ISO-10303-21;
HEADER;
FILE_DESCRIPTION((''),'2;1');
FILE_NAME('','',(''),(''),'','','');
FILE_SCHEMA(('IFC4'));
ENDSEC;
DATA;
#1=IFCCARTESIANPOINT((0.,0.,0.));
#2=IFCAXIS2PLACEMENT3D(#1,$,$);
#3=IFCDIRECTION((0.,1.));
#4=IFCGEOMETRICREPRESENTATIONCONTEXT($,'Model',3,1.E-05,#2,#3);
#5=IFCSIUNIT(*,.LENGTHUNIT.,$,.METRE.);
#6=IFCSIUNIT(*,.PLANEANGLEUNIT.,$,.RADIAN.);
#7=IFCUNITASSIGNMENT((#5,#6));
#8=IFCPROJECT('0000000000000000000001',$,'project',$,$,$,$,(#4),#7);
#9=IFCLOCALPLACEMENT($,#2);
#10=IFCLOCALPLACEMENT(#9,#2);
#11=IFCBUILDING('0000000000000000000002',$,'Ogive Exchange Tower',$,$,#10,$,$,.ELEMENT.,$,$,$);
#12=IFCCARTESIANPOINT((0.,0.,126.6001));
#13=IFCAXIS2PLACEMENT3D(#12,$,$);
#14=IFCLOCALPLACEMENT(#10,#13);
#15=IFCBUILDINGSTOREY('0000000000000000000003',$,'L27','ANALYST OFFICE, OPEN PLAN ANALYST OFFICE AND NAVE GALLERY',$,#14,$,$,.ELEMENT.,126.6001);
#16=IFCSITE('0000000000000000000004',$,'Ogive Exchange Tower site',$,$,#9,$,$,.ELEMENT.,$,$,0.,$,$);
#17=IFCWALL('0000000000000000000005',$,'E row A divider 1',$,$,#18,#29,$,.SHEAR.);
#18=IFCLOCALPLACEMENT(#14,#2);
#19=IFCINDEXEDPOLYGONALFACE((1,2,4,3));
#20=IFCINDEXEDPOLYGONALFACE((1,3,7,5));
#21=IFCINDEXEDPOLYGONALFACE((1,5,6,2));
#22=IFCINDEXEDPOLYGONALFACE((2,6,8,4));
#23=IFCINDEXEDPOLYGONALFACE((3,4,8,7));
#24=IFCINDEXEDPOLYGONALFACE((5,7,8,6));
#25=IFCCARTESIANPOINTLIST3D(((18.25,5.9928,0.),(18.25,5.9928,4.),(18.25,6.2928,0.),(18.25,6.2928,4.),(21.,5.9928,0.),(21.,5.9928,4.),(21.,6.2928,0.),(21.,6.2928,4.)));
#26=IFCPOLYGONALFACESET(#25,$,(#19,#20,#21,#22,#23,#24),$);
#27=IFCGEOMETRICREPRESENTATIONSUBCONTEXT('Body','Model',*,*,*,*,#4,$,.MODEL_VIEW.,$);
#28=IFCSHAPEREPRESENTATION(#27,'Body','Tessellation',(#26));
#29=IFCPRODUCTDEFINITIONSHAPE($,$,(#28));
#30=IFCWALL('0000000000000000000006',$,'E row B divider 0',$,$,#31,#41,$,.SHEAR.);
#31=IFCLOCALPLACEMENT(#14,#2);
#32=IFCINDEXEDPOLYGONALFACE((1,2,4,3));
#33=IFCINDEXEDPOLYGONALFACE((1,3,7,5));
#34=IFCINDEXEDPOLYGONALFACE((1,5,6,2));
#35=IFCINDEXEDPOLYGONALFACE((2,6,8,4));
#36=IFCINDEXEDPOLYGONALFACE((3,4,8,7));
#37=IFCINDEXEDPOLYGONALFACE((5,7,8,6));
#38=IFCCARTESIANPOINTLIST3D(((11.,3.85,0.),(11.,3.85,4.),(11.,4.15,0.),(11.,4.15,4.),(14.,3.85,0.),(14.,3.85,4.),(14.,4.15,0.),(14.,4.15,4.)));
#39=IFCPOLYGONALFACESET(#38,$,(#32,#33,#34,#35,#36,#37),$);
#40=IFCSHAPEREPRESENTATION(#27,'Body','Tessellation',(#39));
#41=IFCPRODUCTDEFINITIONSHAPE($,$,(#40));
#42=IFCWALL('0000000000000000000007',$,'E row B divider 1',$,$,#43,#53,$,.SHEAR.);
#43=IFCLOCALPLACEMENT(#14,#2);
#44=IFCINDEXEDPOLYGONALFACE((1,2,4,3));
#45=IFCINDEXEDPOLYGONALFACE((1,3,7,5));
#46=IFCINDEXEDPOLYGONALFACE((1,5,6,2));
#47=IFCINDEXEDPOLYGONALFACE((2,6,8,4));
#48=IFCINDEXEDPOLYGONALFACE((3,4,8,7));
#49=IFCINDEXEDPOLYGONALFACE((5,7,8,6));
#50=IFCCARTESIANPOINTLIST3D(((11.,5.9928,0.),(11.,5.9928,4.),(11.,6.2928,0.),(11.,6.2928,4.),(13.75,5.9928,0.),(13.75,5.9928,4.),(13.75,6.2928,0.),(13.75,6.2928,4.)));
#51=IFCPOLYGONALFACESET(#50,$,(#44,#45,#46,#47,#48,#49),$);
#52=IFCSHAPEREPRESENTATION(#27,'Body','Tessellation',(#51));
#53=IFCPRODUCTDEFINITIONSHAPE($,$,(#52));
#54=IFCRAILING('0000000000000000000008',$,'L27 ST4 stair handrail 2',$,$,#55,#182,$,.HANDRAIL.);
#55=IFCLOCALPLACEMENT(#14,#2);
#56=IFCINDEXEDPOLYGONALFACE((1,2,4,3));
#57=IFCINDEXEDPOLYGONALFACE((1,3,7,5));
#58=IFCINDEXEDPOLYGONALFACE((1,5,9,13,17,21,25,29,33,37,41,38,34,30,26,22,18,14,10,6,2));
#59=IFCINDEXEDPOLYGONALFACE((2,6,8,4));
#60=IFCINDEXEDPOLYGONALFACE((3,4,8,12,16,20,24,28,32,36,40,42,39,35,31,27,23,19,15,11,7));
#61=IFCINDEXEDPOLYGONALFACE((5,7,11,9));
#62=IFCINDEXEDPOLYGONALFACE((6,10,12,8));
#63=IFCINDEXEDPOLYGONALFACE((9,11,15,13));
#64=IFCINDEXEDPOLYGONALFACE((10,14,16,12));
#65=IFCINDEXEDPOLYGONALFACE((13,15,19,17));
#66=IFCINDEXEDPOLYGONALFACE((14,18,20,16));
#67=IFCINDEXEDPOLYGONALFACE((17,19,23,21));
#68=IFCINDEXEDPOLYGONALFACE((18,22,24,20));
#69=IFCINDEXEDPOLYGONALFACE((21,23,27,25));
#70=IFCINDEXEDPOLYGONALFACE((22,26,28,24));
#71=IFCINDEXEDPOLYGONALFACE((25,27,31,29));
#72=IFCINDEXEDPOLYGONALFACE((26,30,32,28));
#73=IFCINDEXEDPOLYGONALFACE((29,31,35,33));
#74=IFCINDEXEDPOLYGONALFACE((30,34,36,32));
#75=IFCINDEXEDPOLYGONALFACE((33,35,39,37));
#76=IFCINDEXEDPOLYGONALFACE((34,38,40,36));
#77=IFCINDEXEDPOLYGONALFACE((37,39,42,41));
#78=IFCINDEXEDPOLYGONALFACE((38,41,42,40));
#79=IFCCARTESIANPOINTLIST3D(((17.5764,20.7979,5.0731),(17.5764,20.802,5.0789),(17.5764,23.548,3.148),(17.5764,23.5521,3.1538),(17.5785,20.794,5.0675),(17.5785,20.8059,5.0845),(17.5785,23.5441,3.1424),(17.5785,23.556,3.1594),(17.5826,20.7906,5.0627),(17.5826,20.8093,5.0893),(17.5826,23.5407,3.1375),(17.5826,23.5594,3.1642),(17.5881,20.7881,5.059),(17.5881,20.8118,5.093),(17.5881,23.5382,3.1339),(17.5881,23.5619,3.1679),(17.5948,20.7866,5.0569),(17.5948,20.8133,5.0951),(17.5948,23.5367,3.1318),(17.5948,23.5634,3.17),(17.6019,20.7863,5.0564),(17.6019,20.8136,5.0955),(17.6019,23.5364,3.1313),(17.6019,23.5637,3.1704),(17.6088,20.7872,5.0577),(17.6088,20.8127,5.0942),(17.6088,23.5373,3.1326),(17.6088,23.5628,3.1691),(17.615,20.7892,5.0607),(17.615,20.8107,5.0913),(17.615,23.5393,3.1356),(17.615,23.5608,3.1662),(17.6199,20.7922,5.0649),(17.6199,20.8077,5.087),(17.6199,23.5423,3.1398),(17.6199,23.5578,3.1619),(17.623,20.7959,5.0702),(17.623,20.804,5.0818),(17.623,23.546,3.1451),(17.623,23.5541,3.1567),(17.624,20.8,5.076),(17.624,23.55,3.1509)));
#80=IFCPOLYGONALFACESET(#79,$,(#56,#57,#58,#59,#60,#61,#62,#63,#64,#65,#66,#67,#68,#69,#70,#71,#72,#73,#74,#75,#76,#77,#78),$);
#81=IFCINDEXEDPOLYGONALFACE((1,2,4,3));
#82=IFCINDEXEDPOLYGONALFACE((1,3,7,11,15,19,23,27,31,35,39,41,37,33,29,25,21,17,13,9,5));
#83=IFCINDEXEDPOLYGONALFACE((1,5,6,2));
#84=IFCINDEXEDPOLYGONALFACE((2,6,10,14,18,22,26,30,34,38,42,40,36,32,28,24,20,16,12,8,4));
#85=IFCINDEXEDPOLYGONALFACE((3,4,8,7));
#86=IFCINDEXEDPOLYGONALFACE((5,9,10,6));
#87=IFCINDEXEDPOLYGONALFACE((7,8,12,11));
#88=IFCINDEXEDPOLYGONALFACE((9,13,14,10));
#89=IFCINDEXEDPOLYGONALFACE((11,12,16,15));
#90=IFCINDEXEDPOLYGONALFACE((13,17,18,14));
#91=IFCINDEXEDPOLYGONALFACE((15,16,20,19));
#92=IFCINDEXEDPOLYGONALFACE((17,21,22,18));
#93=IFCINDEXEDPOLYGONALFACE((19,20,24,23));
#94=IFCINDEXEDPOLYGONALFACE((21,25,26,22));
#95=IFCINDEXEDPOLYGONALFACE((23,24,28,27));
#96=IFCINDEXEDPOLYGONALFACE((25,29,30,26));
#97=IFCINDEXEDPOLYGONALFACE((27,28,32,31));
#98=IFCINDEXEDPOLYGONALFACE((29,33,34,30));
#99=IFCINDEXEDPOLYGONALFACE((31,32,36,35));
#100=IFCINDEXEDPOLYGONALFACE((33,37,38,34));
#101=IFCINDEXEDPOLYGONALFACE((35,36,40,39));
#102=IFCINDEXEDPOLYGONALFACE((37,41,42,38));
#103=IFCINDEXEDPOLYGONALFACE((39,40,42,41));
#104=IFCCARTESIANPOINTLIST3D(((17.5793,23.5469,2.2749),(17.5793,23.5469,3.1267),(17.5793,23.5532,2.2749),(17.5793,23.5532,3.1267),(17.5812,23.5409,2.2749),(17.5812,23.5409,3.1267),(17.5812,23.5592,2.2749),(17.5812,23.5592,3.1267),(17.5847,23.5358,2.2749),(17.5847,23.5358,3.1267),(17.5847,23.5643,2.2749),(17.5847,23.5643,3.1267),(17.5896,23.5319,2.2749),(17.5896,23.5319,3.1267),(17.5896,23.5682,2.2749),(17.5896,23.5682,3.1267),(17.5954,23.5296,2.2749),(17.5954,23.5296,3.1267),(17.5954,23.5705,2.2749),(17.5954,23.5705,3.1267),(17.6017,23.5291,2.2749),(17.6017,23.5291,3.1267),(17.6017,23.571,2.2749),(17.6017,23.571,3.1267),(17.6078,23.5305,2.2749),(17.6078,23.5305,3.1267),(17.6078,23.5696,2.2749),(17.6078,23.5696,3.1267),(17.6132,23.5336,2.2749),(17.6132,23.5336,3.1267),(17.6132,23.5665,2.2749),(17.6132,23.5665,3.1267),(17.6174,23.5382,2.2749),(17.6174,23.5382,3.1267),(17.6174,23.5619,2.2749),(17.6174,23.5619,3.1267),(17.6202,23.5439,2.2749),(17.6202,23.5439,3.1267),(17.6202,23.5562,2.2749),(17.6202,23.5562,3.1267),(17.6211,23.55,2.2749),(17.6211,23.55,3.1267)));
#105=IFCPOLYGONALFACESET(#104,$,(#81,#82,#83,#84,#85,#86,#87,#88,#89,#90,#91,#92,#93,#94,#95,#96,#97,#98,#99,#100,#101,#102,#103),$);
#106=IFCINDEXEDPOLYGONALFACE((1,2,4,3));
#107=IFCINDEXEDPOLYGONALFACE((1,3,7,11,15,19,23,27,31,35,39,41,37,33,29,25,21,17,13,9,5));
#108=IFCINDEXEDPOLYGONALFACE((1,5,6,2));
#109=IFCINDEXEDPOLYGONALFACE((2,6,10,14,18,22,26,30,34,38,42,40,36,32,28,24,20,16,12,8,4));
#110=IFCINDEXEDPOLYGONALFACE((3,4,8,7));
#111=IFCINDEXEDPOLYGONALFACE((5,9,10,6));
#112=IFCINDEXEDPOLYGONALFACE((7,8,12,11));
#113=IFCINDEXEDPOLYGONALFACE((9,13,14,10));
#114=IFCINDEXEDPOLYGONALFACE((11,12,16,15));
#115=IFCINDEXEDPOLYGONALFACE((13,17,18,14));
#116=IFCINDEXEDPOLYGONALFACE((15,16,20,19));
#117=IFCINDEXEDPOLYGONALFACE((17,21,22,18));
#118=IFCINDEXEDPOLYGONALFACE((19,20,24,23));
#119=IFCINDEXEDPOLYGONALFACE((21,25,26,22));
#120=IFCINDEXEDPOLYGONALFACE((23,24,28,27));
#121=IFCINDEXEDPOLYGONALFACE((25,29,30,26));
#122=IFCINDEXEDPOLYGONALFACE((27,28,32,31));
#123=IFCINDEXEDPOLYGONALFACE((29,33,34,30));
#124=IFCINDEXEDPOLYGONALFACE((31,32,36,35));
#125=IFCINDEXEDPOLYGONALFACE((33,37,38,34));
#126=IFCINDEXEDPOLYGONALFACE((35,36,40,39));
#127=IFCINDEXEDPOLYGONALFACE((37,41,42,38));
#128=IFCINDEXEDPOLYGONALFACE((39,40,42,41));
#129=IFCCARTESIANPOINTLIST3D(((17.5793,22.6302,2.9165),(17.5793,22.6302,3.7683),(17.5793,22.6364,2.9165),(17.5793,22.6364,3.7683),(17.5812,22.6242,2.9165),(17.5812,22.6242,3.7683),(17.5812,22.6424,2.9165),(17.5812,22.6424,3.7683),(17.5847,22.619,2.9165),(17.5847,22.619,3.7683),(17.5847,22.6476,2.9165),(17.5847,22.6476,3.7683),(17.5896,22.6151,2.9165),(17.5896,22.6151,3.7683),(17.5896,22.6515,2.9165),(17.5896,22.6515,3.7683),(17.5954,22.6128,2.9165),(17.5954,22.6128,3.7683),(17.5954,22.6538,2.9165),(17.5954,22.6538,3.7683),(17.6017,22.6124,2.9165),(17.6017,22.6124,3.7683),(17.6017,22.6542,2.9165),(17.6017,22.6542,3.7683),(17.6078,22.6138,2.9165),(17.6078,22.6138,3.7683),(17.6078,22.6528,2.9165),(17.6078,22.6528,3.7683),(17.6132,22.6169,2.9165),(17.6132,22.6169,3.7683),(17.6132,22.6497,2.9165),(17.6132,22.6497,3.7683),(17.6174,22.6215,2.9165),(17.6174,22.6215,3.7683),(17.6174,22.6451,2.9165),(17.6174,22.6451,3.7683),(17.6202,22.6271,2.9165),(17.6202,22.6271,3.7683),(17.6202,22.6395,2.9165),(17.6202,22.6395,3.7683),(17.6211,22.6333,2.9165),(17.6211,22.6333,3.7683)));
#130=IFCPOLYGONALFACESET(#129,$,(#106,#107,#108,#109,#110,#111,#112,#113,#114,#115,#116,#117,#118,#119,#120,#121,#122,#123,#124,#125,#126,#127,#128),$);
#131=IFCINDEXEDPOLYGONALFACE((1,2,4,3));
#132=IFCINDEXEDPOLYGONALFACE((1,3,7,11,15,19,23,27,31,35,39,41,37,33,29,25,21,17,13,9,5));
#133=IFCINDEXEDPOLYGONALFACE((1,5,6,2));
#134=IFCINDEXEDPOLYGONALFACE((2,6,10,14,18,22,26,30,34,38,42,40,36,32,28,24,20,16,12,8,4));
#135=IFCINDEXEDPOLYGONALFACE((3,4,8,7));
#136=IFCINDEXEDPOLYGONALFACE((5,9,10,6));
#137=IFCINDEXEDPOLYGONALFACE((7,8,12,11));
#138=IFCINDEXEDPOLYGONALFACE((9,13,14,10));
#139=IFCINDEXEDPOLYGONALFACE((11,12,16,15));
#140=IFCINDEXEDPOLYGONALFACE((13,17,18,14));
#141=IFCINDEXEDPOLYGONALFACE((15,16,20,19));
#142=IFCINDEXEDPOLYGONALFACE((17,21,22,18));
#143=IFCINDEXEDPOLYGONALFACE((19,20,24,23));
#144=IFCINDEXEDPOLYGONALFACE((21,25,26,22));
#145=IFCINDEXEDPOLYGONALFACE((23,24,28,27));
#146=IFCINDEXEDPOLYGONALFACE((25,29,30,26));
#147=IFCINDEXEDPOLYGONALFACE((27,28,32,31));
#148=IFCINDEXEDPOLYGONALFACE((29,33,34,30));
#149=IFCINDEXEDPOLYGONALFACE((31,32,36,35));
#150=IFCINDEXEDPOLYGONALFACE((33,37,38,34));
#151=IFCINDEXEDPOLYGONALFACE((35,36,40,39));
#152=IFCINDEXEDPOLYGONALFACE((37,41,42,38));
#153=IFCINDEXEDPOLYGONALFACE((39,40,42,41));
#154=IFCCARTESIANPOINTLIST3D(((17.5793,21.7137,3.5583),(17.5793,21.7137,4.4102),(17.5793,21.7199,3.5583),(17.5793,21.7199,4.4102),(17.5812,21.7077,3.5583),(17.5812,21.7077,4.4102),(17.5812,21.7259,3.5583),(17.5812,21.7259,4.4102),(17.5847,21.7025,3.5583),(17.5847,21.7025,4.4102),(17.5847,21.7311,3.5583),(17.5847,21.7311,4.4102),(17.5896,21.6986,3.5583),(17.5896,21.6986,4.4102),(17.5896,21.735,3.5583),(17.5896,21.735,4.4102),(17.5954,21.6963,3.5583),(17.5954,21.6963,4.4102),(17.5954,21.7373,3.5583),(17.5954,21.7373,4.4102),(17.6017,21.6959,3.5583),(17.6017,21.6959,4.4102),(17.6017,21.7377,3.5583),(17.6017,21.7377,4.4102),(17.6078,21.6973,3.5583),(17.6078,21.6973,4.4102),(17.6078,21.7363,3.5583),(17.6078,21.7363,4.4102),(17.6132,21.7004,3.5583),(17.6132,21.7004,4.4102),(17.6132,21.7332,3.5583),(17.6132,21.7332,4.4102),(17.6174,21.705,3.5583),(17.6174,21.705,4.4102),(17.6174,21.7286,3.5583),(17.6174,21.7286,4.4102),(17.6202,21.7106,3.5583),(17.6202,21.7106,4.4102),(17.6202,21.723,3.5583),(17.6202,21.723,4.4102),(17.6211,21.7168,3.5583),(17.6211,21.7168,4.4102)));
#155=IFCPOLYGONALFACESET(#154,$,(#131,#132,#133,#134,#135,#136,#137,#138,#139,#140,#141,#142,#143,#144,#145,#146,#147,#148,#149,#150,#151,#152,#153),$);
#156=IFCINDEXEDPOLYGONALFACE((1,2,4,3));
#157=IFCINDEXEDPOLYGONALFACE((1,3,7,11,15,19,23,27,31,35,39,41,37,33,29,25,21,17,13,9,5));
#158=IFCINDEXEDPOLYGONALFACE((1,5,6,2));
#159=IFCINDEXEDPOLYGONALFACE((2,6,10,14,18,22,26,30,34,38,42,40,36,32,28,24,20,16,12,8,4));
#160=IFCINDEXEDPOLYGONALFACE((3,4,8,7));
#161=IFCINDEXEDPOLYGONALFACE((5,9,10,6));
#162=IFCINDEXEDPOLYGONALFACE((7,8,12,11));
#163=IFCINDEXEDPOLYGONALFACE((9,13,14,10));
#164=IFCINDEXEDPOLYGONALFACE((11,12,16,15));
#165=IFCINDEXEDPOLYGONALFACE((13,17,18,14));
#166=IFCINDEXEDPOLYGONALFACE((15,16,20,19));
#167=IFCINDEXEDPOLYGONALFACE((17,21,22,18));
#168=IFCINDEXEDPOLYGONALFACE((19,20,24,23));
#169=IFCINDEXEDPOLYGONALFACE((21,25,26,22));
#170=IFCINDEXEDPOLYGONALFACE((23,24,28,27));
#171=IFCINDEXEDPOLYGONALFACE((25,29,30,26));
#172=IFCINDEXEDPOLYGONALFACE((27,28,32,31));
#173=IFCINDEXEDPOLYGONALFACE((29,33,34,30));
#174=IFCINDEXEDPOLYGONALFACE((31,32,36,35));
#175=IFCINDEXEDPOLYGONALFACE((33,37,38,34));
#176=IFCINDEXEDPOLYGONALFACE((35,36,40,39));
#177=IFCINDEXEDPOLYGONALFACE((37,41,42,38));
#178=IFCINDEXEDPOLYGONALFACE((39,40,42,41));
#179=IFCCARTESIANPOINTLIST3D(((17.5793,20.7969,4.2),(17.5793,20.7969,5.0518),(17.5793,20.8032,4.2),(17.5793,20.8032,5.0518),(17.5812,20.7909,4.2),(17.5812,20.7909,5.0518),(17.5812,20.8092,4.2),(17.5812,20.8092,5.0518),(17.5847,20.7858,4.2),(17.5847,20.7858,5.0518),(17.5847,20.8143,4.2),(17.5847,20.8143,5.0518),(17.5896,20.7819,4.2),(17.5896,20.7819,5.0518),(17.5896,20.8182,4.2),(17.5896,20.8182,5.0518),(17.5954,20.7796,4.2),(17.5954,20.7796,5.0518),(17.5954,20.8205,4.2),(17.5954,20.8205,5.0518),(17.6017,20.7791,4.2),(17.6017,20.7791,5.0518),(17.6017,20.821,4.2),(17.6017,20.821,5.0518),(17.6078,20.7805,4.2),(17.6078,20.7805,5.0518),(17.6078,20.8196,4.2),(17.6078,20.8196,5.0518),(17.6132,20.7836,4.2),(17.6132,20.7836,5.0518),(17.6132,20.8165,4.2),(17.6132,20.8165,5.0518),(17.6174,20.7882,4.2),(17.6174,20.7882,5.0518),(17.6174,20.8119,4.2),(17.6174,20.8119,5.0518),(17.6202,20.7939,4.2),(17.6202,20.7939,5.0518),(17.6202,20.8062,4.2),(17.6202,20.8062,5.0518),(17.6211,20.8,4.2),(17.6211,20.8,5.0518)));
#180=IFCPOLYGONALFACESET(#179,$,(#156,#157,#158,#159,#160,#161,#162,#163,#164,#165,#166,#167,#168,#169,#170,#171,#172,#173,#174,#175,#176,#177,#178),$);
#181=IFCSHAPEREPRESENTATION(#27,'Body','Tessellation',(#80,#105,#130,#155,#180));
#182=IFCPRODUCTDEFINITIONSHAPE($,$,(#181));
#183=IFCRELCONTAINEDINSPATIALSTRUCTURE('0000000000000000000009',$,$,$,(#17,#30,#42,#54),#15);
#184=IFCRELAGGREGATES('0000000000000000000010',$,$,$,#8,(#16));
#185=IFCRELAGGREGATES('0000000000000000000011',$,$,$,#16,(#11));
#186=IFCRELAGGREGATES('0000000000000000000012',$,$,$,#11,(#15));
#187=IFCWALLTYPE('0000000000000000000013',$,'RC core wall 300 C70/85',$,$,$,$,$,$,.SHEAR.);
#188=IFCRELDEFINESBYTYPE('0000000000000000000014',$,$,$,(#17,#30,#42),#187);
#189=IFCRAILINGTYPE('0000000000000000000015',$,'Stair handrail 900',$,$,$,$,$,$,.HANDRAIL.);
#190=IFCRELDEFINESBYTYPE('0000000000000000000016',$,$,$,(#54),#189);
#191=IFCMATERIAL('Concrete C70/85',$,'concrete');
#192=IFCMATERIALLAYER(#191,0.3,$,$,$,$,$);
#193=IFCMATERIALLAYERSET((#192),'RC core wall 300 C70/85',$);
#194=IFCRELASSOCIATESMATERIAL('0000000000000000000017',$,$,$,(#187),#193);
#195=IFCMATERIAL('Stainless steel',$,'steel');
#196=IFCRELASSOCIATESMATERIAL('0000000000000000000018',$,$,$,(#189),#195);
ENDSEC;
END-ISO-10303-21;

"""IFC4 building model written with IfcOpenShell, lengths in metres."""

from ifc_helpers import new_model, si_unit, direction, frame, frame_2d, origin, origin_2d, place, context, subcontext, project, spatial, rectangle, circle, extrude, material, layer, layer_set, type_object, element, save


model = new_model("IFC4")

# Units and contexts
model_context = context("Model", 3, precision=1e-05, world=origin(), true_north=direction((0.0, 1.0)))
body_context = subcontext(model_context, "Body", "Model", "MODEL_VIEW")
ifc_project = project(units=[si_unit("LENGTHUNIT", "METRE"), si_unit("PLANEANGLEUNIT", "RADIAN")], contexts=[model_context])

# Site, building, storey
site_placement = place(None, origin())
site = spatial("IfcSite", under=ifc_project, at=site_placement, Name="Ogive Exchange Tower site", CompositionType="ELEMENT", RefElevation=0.0)
building_placement = place(site_placement, origin())
building = spatial("IfcBuilding", under=site, at=building_placement, Name="Ogive Exchange Tower", CompositionType="ELEMENT")
storey_placement = place(building_placement, frame((0.0, 0.0, 126.6001)))
storey = spatial("IfcBuildingStorey", under=building, at=storey_placement, Name="L27", Description="ANALYST OFFICE, OPEN PLAN ANALYST OFFICE AND NAVE GALLERY", CompositionType="ELEMENT", Elevation=126.6001)

# Shared definitions
ifc_material_1 = material(Name="Concrete C70/85", Category="concrete")

# Shared definitions
ifc_material_2 = material(Name="Stainless steel", Category="steel")

# Walls
ifc_layer_1 = layer(ifc_material_1, 0.3)
ifc_layer_set_1 = layer_set([ifc_layer_1], Name="RC core wall 300 C70/85")
wall_type_1 = type_object("IfcWallType", Name="RC core wall 300 C70/85", PredefinedType="SHEAR", material=ifc_layer_set_1)
wall_1_placement = place(storey_placement, frame((18.25, 6.1428, 0.0), z_axis=(0.0, 0.0, 1.0), x_axis=(1.0, 0.0, 0.0)))
element("IfcWall", 1, at=wall_1_placement, inside=storey, type_object=wall_type_1, Name="E row A divider 1", PredefinedType="SHEAR", context=body_context, shape_type="SweptSolid", body=[
    extrude(rectangle(XDim=2.75, YDim=0.3, at=frame_2d((1.375, 0.0))), origin(), (0.0, 0.0, 1.0), 4.0),
])
wall_2_placement = place(storey_placement, frame((11.0, 4.0, 0.0), z_axis=(0.0, 0.0, 1.0), x_axis=(1.0, 0.0, 0.0)))
element("IfcWall", 2, at=wall_2_placement, inside=storey, type_object=wall_type_1, Name="E row B divider 0", PredefinedType="SHEAR", context=body_context, shape_type="SweptSolid", body=[
    extrude(rectangle(XDim=3.0, YDim=0.3, at=frame_2d((1.5, 0.0))), origin(), (0.0, 0.0, 1.0), 4.0),
])
wall_3_placement = place(storey_placement, frame((11.0, 6.1428, 0.0), z_axis=(0.0, 0.0, 1.0), x_axis=(1.0, 0.0, 0.0)))
element("IfcWall", 3, at=wall_3_placement, inside=storey, type_object=wall_type_1, Name="E row B divider 1", PredefinedType="SHEAR", context=body_context, shape_type="SweptSolid", body=[
    extrude(rectangle(XDim=2.75, YDim=0.3, at=frame_2d((1.375, 0.0))), origin(), (0.0, 0.0, 1.0), 4.0),
])

# Railing
railing_type = type_object("IfcRailingType", Name="Stair handrail 900", PredefinedType="HANDRAIL", material=ifc_material_2)
railing_placement = place(storey_placement, frame((17.6001, 23.55, 2.2749)))
element("IfcRailing", 4, at=railing_placement, inside=storey, type_object=railing_type, Name="L27 ST4 stair handrail 2", PredefinedType="HANDRAIL", context=body_context, shape_type="SweptSolid", body=[
    extrude(circle(Radius=0.0239, at=origin_2d()), frame((0.0, 0.0, 0.876), z_axis=(0.0, -0.819225, 0.573472), x_axis=(1.0, 0.0, 0.0)), (0.0, 0.0, 1.0), 3.3569),
    extrude(circle(Radius=0.021, at=origin_2d()), origin(), (0.0, 0.0, 1.0), 0.8518),
    extrude(circle(Radius=0.021, at=origin_2d()), frame((0.0, -0.9167, 0.6416)), (0.0, 0.0, 1.0), 0.8518),
    extrude(circle(Radius=0.021, at=origin_2d()), frame((0.0, -1.8333, 1.2834)), (0.0, 0.0, 1.0), 0.8518),
    extrude(circle(Radius=0.021, at=origin_2d()), frame((0.0, -2.75, 1.925)), (0.0, 0.0, 1.0), 0.8518),
])

save(model, "model.ifc")
